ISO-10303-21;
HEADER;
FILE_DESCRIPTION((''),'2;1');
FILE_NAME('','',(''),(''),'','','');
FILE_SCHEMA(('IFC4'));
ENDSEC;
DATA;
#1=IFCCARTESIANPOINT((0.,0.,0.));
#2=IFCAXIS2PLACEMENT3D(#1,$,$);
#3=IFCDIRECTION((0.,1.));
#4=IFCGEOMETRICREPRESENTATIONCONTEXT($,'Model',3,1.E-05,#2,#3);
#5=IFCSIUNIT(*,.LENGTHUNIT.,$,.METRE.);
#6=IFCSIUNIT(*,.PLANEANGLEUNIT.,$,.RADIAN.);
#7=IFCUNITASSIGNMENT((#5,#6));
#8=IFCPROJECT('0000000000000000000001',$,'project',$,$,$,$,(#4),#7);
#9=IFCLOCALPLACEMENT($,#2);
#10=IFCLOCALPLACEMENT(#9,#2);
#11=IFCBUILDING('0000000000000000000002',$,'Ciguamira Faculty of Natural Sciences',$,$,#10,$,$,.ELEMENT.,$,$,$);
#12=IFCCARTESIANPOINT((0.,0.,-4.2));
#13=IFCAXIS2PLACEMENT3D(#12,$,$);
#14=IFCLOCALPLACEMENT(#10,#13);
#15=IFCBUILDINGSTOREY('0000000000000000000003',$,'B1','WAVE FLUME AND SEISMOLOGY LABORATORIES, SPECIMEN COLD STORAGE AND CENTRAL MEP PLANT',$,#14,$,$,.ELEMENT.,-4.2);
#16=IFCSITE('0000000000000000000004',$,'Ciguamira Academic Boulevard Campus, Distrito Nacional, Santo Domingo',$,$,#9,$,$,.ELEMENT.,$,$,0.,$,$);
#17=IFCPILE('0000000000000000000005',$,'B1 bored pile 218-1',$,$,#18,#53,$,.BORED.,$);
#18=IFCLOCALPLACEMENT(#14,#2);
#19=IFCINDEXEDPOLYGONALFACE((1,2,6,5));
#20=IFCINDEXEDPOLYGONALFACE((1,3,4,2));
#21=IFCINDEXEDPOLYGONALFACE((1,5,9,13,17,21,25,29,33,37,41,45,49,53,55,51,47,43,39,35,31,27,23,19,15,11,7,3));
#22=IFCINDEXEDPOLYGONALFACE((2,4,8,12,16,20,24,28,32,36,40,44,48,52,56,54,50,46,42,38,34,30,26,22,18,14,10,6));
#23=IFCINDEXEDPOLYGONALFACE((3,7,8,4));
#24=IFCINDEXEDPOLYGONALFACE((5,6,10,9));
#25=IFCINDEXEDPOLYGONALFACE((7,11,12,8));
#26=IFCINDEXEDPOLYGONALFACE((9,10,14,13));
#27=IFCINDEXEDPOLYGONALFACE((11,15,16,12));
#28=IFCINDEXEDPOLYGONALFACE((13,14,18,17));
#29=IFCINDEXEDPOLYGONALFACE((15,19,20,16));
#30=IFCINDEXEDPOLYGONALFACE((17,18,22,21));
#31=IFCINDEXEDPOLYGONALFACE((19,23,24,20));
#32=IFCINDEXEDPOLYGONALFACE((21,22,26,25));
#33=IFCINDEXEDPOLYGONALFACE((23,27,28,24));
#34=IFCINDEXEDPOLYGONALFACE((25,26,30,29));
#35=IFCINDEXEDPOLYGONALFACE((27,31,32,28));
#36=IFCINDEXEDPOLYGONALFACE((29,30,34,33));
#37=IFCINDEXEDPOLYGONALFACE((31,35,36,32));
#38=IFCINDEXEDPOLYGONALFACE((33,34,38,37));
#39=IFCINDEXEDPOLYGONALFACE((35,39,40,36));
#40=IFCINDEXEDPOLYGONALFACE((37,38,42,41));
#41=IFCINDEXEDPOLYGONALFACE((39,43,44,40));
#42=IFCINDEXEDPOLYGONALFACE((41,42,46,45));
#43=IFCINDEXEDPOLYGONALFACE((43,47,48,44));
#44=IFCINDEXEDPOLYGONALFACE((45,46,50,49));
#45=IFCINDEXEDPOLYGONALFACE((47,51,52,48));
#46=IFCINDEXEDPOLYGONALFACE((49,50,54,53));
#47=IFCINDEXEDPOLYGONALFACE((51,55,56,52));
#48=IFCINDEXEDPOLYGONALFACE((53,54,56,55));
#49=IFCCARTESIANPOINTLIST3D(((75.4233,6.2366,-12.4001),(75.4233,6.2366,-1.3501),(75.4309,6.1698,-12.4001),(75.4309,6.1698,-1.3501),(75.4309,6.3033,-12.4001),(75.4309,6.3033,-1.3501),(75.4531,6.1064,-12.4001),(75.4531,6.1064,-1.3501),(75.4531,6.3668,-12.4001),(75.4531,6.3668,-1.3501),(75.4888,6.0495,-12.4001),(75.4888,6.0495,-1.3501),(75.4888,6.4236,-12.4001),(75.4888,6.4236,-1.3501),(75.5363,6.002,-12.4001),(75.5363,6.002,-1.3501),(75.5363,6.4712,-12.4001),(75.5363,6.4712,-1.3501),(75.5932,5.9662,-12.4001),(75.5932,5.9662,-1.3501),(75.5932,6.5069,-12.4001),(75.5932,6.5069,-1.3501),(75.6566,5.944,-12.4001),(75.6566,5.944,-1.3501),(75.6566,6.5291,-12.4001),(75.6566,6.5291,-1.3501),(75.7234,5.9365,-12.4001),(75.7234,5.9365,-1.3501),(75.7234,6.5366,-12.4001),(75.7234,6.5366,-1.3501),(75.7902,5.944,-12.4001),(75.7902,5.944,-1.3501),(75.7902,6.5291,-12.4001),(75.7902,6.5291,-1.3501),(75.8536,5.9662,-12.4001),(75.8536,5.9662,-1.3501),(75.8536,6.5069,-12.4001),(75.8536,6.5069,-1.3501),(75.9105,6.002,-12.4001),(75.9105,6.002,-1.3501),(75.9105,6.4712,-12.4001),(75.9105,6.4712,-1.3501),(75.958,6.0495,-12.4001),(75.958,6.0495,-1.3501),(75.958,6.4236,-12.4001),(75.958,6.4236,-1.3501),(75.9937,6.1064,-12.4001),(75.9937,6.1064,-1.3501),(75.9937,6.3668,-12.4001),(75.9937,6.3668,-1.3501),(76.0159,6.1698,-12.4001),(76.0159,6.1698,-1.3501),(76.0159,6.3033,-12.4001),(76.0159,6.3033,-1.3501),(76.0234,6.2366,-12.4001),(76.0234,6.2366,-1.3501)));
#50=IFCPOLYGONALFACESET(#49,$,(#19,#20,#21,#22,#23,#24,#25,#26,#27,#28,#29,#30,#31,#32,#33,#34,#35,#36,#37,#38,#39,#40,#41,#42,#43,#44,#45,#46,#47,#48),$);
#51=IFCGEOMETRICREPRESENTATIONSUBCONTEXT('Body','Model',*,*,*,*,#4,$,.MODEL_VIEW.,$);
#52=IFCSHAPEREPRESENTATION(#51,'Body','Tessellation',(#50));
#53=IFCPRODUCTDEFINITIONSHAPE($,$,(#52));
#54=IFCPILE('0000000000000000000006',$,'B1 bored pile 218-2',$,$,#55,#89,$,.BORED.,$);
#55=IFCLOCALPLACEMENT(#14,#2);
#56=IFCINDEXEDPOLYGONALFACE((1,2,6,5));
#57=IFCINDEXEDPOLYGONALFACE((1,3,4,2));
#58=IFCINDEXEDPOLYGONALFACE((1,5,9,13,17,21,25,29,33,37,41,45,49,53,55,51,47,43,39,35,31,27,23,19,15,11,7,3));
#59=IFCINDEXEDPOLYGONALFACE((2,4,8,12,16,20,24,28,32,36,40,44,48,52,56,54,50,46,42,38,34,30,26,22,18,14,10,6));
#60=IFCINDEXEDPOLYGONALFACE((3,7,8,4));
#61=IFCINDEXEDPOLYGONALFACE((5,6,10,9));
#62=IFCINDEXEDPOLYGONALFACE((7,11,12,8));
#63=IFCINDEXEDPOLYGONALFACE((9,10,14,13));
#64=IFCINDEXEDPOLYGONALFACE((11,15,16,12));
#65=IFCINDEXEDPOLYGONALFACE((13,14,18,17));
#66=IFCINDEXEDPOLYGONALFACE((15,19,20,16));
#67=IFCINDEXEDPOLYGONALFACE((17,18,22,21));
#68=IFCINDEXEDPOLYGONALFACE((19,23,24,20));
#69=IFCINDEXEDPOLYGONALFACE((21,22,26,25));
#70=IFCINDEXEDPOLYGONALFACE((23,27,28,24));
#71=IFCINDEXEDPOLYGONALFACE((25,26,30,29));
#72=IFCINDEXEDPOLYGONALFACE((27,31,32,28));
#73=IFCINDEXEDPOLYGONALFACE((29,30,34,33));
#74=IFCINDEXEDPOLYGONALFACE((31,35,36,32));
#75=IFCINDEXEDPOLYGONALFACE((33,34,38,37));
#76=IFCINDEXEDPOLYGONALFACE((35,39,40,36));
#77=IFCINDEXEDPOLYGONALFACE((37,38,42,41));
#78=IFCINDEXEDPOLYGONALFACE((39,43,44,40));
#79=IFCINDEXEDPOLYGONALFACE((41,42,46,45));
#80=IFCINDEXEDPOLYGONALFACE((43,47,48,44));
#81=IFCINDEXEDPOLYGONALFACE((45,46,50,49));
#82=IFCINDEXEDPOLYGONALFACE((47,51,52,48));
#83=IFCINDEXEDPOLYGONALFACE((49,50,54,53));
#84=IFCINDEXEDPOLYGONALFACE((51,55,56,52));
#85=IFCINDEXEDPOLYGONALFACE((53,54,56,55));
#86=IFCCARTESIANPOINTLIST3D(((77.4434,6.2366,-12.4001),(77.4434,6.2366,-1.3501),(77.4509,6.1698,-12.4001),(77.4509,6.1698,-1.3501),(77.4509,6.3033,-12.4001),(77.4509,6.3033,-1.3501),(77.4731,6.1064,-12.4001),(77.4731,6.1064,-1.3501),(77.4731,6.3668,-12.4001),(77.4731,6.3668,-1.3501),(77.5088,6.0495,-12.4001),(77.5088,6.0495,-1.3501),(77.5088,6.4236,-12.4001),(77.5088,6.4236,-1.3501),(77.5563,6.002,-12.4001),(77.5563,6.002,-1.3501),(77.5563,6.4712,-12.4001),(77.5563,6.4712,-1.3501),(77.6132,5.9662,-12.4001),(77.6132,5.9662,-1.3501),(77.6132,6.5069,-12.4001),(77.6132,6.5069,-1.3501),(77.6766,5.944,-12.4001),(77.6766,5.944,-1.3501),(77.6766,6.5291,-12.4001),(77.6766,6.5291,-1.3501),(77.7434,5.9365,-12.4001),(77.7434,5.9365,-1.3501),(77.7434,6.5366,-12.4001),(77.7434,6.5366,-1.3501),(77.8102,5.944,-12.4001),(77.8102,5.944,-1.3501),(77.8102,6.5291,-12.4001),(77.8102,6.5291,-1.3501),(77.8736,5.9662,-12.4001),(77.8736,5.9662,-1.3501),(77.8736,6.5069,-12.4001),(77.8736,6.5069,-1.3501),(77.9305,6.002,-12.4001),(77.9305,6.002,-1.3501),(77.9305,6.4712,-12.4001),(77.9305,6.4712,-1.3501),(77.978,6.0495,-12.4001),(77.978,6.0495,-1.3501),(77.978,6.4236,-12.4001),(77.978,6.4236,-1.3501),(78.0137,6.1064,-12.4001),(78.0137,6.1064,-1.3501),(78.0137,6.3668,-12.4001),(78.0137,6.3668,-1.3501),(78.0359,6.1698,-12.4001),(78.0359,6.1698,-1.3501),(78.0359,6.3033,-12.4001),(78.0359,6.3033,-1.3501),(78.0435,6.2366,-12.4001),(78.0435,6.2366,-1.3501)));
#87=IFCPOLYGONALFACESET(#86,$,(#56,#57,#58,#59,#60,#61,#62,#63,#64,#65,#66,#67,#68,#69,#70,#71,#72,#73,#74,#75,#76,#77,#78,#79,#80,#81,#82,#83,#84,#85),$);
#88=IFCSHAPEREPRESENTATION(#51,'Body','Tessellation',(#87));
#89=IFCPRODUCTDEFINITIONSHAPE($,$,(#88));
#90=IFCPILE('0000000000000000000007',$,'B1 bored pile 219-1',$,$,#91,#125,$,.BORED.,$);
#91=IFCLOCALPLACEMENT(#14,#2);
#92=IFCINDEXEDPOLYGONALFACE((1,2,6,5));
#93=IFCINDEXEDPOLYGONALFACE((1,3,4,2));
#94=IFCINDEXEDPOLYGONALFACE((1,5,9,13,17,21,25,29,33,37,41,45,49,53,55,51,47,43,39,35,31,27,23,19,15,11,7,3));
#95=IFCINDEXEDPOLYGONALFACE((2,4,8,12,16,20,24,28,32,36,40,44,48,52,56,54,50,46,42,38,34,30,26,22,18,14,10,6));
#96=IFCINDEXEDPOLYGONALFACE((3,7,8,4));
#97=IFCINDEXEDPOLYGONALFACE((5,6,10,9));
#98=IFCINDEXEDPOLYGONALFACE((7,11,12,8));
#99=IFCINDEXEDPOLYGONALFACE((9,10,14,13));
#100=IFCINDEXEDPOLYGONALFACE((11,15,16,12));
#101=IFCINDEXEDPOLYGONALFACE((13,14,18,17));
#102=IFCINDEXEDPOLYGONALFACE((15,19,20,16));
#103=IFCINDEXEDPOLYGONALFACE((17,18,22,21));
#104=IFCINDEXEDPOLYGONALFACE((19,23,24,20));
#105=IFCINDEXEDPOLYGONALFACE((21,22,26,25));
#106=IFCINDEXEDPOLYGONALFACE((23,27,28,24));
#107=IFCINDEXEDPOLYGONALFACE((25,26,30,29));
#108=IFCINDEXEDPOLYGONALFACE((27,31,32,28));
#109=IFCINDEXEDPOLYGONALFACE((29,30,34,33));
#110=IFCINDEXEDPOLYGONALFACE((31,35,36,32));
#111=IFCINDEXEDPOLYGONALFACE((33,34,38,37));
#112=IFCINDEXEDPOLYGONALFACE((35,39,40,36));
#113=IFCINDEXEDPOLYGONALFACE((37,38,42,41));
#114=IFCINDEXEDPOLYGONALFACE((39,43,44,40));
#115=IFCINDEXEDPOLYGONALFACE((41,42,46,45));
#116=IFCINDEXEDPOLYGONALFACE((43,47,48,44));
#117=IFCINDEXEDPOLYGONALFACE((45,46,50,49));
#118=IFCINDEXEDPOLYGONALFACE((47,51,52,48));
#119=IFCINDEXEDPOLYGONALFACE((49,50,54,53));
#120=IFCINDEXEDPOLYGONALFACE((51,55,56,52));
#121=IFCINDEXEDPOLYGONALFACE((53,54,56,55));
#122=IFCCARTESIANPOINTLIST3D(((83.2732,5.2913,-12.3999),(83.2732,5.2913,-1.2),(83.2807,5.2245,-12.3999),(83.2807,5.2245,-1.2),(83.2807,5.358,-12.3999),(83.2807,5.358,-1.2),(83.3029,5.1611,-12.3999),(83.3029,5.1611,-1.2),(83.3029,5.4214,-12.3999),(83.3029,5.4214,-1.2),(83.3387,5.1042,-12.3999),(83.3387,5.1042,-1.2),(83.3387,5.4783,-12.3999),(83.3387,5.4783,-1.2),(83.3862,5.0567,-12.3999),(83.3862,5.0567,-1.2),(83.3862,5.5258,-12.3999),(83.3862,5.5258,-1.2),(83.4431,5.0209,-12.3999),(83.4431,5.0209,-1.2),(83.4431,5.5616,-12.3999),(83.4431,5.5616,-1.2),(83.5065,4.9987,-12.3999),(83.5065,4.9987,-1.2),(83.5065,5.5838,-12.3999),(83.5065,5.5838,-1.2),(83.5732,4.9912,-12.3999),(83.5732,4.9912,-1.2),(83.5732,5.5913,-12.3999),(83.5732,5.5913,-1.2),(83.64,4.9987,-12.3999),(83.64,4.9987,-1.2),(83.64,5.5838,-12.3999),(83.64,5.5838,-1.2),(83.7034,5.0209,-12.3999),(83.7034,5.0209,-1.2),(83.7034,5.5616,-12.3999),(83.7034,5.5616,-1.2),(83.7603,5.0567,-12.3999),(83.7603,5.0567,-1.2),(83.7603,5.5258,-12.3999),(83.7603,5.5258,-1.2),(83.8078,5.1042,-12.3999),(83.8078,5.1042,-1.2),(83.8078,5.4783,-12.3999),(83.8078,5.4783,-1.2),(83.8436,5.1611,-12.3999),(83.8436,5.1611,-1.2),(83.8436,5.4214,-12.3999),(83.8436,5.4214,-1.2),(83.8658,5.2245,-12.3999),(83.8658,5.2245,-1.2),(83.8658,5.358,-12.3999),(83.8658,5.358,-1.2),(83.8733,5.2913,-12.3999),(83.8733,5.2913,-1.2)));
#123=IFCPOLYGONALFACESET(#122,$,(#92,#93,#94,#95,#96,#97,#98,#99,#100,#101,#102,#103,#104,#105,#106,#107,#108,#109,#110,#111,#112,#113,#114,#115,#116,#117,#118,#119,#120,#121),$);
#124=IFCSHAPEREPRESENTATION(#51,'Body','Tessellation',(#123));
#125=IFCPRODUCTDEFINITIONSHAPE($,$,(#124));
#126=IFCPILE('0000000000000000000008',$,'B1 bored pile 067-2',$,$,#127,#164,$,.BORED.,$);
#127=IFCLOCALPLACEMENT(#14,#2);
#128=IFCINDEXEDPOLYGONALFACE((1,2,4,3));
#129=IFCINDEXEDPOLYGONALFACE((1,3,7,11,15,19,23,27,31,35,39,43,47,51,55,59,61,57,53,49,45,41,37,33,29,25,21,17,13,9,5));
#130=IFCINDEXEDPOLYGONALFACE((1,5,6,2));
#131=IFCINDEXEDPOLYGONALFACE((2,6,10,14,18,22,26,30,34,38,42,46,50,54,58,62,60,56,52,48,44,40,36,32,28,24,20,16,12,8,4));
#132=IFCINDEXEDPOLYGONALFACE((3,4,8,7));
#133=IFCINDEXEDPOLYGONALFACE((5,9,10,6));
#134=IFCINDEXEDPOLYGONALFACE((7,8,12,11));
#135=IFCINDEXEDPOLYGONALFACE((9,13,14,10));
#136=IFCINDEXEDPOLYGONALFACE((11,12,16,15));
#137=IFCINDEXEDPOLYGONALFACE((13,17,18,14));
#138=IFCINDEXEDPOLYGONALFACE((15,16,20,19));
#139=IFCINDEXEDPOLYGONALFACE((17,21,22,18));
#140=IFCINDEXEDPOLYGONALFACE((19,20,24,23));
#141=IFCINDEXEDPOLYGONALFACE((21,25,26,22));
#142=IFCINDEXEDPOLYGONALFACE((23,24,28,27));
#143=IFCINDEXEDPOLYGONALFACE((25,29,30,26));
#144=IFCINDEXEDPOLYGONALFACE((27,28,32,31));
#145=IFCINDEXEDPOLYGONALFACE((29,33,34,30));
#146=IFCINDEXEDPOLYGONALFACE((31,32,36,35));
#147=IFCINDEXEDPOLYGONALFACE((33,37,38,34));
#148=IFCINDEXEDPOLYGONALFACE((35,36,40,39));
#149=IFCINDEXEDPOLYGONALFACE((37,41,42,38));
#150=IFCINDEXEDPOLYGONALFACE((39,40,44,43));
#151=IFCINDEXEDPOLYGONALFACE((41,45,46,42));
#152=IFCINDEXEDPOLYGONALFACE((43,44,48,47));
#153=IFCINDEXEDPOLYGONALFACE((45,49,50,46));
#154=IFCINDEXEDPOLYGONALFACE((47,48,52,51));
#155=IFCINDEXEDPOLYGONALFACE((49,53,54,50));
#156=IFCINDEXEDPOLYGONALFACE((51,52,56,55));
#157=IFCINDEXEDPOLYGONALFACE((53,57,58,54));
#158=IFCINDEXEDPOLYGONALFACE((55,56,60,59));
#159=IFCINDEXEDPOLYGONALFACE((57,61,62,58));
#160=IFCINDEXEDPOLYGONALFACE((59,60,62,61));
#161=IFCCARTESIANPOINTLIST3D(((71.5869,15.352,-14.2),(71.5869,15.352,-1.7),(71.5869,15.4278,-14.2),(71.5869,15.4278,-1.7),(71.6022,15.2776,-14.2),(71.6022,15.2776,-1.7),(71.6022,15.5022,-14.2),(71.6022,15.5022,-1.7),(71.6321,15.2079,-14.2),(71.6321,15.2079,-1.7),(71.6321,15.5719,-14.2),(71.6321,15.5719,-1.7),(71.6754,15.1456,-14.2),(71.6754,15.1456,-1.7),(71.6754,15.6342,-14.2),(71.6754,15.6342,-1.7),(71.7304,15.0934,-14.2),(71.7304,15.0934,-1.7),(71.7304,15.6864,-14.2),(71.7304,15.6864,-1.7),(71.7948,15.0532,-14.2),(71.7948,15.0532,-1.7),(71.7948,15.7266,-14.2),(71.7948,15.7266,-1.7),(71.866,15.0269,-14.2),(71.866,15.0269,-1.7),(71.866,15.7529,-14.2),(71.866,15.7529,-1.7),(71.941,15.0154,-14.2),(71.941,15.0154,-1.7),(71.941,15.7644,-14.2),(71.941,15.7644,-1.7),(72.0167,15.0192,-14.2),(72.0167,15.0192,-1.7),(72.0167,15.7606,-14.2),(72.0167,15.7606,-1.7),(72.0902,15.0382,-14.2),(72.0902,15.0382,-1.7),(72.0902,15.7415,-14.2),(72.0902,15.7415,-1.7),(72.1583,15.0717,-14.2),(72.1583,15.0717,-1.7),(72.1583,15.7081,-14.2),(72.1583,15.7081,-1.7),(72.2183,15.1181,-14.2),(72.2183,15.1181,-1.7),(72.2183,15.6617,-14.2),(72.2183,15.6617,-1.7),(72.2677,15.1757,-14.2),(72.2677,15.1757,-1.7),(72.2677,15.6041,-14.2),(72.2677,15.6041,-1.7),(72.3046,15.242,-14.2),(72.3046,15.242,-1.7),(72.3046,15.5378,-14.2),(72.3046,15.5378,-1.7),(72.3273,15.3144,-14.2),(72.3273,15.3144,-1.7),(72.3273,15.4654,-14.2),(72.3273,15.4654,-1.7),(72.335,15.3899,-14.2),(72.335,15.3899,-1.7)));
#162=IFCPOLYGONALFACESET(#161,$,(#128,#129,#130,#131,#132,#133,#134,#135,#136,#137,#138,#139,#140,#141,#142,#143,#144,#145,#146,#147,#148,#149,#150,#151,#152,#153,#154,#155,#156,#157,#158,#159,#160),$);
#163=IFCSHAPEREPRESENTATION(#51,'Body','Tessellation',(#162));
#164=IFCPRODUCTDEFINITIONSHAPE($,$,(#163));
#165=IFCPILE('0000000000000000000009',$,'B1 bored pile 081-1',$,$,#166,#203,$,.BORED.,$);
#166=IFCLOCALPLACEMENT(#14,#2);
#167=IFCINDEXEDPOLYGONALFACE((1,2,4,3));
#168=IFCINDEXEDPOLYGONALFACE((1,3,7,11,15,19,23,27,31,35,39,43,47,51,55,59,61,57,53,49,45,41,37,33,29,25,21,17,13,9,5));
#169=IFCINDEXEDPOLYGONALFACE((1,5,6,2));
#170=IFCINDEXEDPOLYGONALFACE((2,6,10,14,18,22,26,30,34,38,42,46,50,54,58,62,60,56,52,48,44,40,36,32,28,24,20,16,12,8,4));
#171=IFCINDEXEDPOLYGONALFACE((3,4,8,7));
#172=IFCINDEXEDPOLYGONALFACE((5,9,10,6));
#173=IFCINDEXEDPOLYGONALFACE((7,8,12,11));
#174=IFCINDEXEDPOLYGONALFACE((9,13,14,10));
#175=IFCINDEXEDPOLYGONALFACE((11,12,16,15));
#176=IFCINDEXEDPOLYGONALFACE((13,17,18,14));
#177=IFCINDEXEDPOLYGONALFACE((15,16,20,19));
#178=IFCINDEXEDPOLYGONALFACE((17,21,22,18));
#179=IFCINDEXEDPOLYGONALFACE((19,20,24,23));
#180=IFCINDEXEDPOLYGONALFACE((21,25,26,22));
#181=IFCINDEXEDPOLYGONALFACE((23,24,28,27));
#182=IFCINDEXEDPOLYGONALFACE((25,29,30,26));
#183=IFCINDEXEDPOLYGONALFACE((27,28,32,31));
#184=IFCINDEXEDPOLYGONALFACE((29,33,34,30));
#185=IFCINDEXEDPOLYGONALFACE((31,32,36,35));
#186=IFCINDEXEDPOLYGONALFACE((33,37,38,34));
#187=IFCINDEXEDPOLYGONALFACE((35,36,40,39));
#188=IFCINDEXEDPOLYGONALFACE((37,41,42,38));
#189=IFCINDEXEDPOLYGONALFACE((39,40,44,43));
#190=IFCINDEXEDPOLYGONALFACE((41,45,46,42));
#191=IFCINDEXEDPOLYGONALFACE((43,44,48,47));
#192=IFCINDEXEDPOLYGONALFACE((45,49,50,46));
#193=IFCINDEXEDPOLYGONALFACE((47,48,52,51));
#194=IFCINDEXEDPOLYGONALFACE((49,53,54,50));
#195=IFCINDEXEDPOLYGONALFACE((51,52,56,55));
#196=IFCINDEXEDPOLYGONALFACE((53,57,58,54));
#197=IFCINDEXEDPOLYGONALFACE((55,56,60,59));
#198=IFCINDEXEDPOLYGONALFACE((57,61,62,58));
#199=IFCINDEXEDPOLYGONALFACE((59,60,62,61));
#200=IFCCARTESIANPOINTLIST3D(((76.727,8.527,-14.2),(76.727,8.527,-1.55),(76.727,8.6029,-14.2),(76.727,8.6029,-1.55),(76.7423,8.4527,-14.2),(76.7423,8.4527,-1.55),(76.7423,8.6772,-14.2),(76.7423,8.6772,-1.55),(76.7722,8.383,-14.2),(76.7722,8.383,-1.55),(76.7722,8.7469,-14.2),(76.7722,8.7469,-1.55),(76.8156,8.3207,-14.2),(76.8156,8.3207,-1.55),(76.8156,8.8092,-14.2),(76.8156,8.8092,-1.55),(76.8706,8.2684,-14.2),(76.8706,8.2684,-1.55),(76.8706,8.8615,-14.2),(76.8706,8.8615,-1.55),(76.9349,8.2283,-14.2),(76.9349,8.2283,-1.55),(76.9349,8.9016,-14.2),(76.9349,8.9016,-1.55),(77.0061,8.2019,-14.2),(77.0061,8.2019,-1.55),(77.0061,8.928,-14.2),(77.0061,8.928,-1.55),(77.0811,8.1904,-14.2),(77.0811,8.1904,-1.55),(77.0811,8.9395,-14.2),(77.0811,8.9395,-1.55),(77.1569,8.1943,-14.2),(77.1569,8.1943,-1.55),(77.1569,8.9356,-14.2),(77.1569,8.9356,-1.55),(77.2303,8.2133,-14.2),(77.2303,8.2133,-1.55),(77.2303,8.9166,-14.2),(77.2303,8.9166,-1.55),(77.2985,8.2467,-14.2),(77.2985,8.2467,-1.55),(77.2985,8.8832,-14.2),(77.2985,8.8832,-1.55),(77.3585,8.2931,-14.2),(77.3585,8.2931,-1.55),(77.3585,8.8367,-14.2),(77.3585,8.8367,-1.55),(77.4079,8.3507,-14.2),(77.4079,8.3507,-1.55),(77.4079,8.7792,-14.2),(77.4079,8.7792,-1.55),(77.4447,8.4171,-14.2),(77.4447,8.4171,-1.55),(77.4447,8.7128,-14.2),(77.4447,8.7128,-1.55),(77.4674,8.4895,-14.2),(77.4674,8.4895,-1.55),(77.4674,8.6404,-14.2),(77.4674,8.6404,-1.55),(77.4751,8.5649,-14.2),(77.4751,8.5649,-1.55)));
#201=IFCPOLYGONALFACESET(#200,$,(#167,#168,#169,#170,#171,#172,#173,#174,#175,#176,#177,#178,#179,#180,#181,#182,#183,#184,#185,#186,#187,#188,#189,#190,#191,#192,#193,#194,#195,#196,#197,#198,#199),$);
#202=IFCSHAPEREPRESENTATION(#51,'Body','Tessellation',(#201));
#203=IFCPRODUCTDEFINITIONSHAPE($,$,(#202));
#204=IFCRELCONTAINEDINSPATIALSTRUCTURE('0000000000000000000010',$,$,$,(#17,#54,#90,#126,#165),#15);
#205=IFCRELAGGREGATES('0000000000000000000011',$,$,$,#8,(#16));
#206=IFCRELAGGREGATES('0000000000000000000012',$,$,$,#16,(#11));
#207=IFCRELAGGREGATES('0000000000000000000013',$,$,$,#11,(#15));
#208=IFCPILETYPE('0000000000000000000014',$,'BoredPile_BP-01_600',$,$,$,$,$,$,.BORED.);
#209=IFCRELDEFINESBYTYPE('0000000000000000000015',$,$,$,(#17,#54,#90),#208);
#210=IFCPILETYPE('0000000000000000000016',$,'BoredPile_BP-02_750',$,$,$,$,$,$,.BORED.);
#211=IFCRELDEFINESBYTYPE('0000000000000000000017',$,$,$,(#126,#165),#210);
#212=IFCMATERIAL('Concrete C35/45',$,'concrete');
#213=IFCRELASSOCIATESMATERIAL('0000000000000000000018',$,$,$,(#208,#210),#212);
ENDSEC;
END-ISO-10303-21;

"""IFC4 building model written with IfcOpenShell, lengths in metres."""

from ifc_helpers import new_model, si_unit, direction, frame, origin, origin_2d, place, context, subcontext, project, spatial, circle, extrude, material, material_profile, profile_set, type_object, element, save


model = new_model("IFC4")

# Units and contexts
model_context = context("Model", 3, precision=1e-05, world=origin(), true_north=direction((0.0, 1.0)))
body_context = subcontext(model_context, "Body", "Model", "MODEL_VIEW")
ifc_project = project(units=[si_unit("LENGTHUNIT", "METRE"), si_unit("PLANEANGLEUNIT", "RADIAN")], contexts=[model_context])

# Site, building, storey
site_placement = place(None, origin())
site = spatial("IfcSite", under=ifc_project, at=site_placement, Name="Ciguamira Academic Boulevard Campus, Distrito Nacional, Santo Domingo", CompositionType="ELEMENT", RefElevation=0.0)
building_placement = place(site_placement, origin())
building = spatial("IfcBuilding", under=site, at=building_placement, Name="Ciguamira Faculty of Natural Sciences", CompositionType="ELEMENT")
storey_placement = place(building_placement, frame((0.0, 0.0, -4.2)))
storey = spatial("IfcBuildingStorey", under=building, at=storey_placement, Name="B1", Description="WAVE FLUME AND SEISMOLOGY LABORATORIES, SPECIMEN COLD STORAGE AND CENTRAL MEP PLANT", CompositionType="ELEMENT", Elevation=-4.2)

# Piles
ifc_material_1 = material(Name="Concrete C35/45", Category="concrete")
ifc_material_profile_1 = material_profile(ifc_material_1, circle(Radius=0.3, at=origin_2d()), Name="PILE-BORED-600")
ifc_profile_set_1 = profile_set([ifc_material_profile_1], Name="Concrete C35/45")
pile_type_1 = type_object("IfcPileType", Name="BoredPile_BP-01_600", PredefinedType="BORED", material=ifc_profile_set_1)
for number, where, z_axis, x_axis, name in (
    (1, (75.7234, 6.2366, -1.3501), (0.0, 0.0, -1.0), (1.0, 0.0, 0.0), "B1 bored pile 218-1"),
    (2, (77.7434, 6.2366, -1.3501), (0.0, 0.0, -1.0), (1.0, 0.0, 0.0), "B1 bored pile 218-2"),
):
    element("IfcPile", number, at=place(storey_placement, frame(where, z_axis=z_axis, x_axis=x_axis)), inside=storey, type_object=pile_type_1, Name=name, PredefinedType="BORED", context=body_context, shape_type="SweptSolid", body=[
        extrude(circle(Radius=0.3, at=origin_2d()), origin(), (0.0, 0.0, 1.0), 11.05),
    ])
pile_1_placement = place(storey_placement, frame((83.5732, 5.2913, -1.2), z_axis=(0.0, 0.0, -1.0), x_axis=(1.0, 0.0, 0.0)))
element("IfcPile", 3, at=pile_1_placement, inside=storey, type_object=pile_type_1, Name="B1 bored pile 219-1", PredefinedType="BORED", context=body_context, shape_type="SweptSolid", body=[
    extrude(circle(Radius=0.3, at=origin_2d()), origin(), (0.0, 0.0, 1.0), 11.2),
])
ifc_material_profile_2 = material_profile(ifc_material_1, circle(Radius=0.375, at=origin_2d()), Name="PILE-BORED-750")
ifc_profile_set_2 = profile_set([ifc_material_profile_2], Name="Concrete C35/45")
pile_type_2 = type_object("IfcPileType", Name="BoredPile_BP-02_750", PredefinedType="BORED", material=ifc_profile_set_2)
pile_2_placement = place(storey_placement, frame((71.96, 15.3899, -1.7), z_axis=(0.0, 0.0, -1.0), x_axis=(1.0, 0.0, 0.0)))
element("IfcPile", 4, at=pile_2_placement, inside=storey, type_object=pile_type_2, Name="B1 bored pile 067-2", PredefinedType="BORED", context=body_context, shape_type="SweptSolid", body=[
    extrude(circle(Radius=0.375, at=origin_2d()), origin(), (0.0, 0.0, 1.0), 12.5),
])
for number, where, z_axis, x_axis, name in (
    (5, (77.1001, 8.5649, -1.55), (0.0, 0.0, -1.0), (1.0, 0.0, 0.0), "B1 bored pile 081-1"),
):
    element("IfcPile", number, at=place(storey_placement, frame(where, z_axis=z_axis, x_axis=x_axis)), inside=storey, type_object=pile_type_2, Name=name, PredefinedType="BORED", context=body_context, shape_type="SweptSolid", body=[
        extrude(circle(Radius=0.375, at=origin_2d()), origin(), (0.0, 0.0, 1.0), 12.6499),
    ])

save(model, "model.ifc")
